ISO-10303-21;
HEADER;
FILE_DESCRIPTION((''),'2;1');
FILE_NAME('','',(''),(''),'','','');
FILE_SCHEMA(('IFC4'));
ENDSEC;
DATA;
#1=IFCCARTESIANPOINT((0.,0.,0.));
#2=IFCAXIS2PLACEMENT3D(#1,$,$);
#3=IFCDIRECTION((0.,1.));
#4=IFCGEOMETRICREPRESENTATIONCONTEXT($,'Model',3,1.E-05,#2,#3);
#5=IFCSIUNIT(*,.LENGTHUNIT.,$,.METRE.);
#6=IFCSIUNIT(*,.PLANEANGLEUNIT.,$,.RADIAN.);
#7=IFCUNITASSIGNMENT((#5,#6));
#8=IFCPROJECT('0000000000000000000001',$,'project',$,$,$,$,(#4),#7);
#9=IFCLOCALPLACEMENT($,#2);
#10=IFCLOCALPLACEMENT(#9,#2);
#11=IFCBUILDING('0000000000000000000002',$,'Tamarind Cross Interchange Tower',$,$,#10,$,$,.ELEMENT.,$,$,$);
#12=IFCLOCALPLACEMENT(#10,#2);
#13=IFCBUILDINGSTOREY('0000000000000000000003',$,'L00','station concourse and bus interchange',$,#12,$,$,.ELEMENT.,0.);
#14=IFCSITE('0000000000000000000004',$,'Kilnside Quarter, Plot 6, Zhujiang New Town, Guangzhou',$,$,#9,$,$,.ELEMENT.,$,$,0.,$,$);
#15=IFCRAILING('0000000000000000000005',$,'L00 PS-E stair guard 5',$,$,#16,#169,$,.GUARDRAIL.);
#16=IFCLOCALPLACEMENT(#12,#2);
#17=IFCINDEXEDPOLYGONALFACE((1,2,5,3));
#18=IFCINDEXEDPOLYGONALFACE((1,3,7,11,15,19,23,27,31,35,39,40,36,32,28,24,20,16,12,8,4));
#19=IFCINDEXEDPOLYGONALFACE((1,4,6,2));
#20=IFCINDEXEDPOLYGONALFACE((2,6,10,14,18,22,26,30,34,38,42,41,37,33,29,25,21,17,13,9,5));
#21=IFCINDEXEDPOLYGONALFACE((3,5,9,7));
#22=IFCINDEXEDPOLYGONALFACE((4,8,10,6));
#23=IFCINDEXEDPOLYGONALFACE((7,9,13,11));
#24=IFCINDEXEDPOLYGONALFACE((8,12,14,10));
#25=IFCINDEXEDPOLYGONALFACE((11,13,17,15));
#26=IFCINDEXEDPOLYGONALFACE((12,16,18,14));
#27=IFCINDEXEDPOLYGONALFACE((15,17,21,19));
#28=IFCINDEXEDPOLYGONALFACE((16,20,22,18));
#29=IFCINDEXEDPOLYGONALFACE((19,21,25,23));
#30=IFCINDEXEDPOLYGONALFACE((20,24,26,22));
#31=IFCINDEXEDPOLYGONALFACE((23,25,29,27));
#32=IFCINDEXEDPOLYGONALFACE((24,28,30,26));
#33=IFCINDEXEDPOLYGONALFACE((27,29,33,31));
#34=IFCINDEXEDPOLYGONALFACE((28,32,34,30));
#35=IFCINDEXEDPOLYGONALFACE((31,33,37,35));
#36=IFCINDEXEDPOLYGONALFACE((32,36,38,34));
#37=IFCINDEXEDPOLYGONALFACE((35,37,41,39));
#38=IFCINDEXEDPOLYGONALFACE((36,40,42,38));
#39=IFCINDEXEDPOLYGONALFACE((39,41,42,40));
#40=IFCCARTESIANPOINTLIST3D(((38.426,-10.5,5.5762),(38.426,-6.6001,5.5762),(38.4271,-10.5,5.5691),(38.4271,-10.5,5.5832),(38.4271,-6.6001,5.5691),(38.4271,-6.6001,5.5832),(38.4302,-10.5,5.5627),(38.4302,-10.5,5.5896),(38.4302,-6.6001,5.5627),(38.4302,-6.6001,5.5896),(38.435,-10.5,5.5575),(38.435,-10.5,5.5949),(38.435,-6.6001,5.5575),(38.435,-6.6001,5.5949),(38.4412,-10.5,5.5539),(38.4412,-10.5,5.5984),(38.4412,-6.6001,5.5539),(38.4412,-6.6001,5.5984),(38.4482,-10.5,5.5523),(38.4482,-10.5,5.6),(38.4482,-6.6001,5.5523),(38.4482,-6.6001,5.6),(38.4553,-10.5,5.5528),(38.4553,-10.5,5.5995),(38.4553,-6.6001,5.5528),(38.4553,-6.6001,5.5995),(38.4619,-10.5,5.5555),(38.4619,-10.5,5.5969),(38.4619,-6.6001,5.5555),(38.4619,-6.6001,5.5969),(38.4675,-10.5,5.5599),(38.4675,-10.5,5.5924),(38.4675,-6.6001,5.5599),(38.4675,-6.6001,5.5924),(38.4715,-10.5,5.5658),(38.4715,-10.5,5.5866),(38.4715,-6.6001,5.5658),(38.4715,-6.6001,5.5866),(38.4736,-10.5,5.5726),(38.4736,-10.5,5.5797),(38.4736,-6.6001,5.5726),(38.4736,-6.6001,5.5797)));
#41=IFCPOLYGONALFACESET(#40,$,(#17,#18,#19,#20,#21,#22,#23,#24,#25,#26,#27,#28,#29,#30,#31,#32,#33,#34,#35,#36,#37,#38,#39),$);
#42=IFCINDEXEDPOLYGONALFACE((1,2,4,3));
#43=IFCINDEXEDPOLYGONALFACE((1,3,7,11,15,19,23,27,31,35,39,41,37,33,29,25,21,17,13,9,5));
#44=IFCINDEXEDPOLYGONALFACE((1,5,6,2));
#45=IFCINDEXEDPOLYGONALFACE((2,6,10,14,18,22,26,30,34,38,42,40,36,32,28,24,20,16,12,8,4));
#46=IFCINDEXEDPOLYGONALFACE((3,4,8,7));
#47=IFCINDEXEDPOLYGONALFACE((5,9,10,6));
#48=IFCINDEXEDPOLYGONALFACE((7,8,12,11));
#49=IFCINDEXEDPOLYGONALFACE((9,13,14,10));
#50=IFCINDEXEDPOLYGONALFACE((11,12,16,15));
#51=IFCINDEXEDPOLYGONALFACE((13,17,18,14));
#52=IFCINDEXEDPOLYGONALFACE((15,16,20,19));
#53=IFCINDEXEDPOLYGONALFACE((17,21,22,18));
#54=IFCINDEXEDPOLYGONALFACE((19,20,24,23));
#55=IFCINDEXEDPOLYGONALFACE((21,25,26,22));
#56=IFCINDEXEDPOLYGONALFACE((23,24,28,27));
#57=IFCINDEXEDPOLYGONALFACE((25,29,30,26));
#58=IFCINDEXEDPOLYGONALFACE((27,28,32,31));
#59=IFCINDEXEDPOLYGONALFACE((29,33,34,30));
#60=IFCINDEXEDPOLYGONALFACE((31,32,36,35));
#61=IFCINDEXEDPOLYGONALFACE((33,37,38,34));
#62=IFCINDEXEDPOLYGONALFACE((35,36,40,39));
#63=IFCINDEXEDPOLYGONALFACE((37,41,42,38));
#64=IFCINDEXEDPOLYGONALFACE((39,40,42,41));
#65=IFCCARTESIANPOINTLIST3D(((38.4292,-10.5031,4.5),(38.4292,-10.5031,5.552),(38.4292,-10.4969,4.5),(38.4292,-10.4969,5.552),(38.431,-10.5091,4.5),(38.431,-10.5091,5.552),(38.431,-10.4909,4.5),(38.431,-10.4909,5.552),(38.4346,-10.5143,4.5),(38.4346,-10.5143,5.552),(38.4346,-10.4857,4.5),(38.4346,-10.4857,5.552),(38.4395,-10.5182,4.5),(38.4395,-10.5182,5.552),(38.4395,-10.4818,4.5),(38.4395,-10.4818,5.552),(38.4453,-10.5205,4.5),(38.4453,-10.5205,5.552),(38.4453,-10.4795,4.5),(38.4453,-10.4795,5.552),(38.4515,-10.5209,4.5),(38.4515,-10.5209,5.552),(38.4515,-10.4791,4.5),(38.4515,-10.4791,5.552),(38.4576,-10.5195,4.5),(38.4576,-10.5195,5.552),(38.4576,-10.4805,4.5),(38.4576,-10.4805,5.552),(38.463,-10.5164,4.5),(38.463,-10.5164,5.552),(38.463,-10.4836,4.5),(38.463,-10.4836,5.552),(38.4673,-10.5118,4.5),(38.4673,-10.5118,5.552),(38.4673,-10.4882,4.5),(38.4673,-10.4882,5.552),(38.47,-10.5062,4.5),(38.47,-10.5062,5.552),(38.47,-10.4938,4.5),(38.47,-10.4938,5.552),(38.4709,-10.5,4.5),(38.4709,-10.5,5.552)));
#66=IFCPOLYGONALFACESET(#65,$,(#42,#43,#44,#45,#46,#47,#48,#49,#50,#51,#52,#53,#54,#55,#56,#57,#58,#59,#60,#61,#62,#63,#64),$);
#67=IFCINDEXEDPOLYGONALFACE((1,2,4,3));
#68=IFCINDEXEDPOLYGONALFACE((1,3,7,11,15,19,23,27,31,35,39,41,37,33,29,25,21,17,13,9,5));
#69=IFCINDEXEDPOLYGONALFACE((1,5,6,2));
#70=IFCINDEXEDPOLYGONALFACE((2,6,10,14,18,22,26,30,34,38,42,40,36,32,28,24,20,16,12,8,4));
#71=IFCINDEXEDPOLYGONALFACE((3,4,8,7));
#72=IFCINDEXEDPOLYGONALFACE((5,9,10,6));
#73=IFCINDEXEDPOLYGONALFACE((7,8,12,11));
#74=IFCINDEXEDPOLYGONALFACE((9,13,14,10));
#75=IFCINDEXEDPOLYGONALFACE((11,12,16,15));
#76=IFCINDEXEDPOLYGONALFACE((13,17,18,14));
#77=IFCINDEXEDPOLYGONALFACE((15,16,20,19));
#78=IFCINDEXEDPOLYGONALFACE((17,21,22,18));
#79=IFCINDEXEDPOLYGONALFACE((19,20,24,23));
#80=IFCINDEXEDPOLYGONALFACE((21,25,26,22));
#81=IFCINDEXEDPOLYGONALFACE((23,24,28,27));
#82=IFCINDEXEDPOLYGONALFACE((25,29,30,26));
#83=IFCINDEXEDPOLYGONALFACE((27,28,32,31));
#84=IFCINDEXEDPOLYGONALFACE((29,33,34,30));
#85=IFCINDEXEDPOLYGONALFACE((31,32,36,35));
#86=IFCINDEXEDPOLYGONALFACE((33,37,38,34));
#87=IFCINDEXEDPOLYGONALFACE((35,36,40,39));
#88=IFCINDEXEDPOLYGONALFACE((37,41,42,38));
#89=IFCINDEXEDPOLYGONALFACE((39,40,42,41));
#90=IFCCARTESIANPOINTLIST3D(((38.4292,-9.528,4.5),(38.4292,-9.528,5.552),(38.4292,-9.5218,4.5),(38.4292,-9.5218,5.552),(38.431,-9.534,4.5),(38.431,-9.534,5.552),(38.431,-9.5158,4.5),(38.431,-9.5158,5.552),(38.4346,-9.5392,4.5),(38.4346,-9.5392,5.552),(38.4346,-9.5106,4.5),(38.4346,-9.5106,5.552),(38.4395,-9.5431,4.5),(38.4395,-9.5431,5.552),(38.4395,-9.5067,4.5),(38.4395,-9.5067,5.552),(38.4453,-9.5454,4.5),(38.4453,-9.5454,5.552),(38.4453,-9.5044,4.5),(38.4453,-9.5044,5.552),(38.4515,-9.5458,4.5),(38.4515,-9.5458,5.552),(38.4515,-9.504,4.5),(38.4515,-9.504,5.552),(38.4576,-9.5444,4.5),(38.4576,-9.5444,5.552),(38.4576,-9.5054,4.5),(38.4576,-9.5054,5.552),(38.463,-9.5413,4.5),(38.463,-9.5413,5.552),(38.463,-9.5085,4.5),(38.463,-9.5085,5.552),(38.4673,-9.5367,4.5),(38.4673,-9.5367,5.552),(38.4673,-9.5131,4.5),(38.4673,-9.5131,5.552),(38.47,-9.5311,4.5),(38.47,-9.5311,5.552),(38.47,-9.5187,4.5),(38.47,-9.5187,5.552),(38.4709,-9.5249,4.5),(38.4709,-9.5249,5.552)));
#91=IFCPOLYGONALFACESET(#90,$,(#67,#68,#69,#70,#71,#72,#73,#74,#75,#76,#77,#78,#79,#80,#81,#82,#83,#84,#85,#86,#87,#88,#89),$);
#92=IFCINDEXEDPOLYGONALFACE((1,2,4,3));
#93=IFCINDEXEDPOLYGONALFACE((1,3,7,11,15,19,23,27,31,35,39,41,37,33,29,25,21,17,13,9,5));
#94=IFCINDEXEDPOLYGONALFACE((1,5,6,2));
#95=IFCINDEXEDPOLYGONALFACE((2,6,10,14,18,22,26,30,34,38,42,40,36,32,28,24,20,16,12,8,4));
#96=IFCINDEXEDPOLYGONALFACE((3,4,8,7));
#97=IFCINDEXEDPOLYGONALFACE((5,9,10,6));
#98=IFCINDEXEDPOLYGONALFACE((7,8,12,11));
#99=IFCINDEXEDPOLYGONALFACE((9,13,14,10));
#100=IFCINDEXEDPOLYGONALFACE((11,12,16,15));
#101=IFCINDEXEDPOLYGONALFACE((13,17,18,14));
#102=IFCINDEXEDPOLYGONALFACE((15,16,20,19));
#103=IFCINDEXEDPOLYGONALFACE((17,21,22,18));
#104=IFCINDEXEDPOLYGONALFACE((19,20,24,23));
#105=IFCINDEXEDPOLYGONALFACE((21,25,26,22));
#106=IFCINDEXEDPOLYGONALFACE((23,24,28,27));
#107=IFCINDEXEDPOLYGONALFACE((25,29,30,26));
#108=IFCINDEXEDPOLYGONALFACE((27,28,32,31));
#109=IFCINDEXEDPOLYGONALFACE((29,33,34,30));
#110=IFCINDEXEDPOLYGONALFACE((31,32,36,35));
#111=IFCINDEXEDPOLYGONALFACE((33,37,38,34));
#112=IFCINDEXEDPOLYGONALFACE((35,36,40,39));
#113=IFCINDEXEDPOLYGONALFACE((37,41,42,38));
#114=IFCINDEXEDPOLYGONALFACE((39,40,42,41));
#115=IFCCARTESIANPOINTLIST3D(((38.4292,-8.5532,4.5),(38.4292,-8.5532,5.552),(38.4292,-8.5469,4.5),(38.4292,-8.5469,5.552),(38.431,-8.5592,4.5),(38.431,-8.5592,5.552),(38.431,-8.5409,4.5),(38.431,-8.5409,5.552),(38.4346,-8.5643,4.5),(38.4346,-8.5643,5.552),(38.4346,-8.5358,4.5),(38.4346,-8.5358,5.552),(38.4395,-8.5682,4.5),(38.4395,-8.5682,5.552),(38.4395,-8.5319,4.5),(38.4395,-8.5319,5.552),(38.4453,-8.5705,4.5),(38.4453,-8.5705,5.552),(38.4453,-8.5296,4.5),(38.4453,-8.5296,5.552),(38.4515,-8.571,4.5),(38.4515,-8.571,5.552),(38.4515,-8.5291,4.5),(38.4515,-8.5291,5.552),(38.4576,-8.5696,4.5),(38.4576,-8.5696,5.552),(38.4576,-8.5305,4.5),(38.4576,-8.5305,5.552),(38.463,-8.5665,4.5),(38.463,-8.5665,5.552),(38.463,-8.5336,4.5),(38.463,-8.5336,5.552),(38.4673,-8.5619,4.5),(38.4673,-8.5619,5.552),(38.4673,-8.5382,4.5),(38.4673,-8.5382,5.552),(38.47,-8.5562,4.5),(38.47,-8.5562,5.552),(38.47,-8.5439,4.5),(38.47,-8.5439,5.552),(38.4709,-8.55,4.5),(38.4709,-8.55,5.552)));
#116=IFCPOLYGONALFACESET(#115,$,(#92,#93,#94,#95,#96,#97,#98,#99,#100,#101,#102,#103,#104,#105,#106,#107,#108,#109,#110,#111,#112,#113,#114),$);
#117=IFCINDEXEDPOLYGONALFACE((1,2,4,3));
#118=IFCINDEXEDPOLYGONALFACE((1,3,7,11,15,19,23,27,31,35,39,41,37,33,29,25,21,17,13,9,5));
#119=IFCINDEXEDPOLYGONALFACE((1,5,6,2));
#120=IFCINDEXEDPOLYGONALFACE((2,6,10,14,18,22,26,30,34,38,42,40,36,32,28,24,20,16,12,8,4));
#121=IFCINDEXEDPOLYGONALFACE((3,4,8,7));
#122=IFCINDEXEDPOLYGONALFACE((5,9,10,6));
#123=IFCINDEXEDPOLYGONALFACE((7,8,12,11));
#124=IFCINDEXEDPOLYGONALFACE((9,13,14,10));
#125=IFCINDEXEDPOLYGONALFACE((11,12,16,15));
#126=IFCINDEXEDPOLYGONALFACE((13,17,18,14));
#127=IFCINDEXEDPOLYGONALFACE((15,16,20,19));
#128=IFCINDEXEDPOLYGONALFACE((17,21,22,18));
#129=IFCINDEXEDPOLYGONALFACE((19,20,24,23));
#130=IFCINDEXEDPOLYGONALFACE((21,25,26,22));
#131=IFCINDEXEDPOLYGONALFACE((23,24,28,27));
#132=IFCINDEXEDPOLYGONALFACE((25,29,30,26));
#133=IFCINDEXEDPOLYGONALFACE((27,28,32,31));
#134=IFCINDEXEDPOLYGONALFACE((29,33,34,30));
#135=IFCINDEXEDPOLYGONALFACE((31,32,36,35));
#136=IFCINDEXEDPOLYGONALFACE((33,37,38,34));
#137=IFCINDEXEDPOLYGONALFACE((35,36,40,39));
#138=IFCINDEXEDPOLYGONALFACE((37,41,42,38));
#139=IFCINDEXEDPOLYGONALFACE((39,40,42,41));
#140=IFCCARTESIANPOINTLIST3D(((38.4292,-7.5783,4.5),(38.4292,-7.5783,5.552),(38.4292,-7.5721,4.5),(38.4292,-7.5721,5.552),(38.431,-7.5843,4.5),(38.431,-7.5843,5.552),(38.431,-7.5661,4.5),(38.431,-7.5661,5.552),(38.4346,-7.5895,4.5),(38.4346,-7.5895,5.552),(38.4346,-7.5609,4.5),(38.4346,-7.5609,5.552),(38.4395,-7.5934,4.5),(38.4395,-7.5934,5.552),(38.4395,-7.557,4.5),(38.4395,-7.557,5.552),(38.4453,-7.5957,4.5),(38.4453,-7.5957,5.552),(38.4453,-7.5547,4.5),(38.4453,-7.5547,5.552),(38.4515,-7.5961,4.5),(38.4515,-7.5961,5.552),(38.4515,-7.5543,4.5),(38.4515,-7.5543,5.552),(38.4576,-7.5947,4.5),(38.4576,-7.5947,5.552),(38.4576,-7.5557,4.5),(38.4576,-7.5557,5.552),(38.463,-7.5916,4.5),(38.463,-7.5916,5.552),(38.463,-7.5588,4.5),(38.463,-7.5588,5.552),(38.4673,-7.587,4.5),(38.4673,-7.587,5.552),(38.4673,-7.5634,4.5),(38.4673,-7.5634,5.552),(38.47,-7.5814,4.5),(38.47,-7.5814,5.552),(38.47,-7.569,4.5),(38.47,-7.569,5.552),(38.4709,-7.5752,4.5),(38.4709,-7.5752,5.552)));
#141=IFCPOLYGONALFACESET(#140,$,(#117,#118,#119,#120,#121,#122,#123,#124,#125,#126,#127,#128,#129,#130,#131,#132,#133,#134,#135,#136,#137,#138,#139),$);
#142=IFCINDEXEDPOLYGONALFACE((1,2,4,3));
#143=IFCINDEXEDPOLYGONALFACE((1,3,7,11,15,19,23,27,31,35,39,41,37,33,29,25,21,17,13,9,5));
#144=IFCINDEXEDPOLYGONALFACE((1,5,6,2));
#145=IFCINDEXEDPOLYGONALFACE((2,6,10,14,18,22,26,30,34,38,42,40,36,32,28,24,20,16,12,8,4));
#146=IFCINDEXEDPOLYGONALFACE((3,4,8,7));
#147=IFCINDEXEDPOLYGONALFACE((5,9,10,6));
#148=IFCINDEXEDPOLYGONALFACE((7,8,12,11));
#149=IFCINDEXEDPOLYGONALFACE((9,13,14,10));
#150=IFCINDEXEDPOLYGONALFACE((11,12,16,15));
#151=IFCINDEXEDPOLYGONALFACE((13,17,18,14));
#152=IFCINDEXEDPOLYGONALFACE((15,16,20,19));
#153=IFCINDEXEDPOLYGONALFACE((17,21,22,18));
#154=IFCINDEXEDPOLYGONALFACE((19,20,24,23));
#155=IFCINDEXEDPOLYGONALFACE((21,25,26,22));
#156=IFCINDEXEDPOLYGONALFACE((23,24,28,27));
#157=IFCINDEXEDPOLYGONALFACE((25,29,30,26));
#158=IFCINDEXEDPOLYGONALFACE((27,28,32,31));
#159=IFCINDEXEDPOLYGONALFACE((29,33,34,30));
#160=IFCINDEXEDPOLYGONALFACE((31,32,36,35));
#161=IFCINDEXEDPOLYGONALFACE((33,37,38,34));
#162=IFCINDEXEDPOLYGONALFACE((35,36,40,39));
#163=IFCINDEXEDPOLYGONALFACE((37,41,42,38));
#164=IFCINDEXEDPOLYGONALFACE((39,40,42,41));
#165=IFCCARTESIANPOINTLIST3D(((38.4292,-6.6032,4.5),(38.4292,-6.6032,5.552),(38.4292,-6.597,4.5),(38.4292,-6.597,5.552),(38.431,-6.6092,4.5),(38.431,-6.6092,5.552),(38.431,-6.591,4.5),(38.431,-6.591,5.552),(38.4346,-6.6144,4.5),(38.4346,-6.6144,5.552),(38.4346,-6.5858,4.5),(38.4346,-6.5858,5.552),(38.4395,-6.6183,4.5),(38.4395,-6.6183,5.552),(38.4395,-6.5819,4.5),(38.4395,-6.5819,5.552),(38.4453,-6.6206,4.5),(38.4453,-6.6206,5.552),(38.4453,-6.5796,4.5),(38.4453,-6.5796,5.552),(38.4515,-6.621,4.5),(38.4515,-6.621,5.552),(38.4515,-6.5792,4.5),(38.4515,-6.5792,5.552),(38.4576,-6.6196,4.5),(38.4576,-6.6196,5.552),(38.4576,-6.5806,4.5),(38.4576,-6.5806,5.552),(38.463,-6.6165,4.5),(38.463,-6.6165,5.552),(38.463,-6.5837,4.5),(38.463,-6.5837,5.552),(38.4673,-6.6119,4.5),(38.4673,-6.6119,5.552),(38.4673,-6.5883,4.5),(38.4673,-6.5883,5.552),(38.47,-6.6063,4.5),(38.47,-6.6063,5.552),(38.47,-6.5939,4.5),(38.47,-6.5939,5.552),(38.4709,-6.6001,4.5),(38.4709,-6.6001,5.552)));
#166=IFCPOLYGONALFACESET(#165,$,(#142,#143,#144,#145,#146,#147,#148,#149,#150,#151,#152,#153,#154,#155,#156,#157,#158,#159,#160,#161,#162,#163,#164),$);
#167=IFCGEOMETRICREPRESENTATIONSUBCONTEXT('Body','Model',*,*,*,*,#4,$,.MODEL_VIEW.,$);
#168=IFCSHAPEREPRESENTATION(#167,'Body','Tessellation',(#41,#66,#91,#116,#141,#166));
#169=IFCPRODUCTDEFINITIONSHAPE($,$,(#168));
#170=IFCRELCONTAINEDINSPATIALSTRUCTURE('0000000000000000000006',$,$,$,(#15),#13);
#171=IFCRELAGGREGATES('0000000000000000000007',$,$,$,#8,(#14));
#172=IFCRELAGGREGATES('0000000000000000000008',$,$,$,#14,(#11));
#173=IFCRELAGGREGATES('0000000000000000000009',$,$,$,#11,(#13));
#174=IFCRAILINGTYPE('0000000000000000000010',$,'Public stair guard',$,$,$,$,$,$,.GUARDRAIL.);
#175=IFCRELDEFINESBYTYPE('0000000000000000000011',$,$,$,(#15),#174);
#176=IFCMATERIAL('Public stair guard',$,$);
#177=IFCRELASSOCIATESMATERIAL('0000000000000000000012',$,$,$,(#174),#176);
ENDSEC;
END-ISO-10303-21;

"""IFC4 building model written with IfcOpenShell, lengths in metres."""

from ifc_helpers import new_model, si_unit, direction, frame, origin, origin_2d, place, context, subcontext, project, spatial, circle, extrude, material, type_object, element, save


model = new_model("IFC4")

# Units and contexts
model_context = context("Model", 3, precision=1e-05, world=origin(), true_north=direction((0.0, 1.0)))
body_context = subcontext(model_context, "Body", "Model", "MODEL_VIEW")
ifc_project = project(units=[si_unit("LENGTHUNIT", "METRE"), si_unit("PLANEANGLEUNIT", "RADIAN")], contexts=[model_context])

# Site, building, storey
site_placement = place(None, origin())
site = spatial("IfcSite", under=ifc_project, at=site_placement, Name="Kilnside Quarter, Plot 6, Zhujiang New Town, Guangzhou", CompositionType="ELEMENT", RefElevation=0.0)
building_placement = place(site_placement, origin())
building = spatial("IfcBuilding", under=site, at=building_placement, Name="Tamarind Cross Interchange Tower", CompositionType="ELEMENT")
storey_placement = place(building_placement, origin())
storey = spatial("IfcBuildingStorey", under=building, at=storey_placement, Name="L00", Description="station concourse and bus interchange", CompositionType="ELEMENT", Elevation=0.0)

# Railing
ifc_material_1 = material(Name="Public stair guard")
railing_type_1 = type_object("IfcRailingType", Name="Public stair guard", PredefinedType="GUARDRAIL", material=ifc_material_1)
railing_1_placement = place(storey_placement, frame((38.45, -10.5, 4.5)))
element("IfcRailing", 1, at=railing_1_placement, inside=storey, type_object=railing_type_1, Name="L00 PS-E stair guard 5", PredefinedType="GUARDRAIL", context=body_context, shape_type="SweptSolid", body=[
    extrude(circle(Radius=0.0239, at=origin_2d()), frame((0.0, 0.0, 1.0762), z_axis=(0.0, 1.0, 0.0), x_axis=(-1.0, 0.0, 0.0)), (0.0, 0.0, 1.0), 3.8999),
    extrude(circle(Radius=0.021, at=origin_2d()), origin(), (0.0, 0.0, 1.0), 1.052),
    extrude(circle(Radius=0.021, at=origin_2d()), frame((0.0, 0.9751, 0.0)), (0.0, 0.0, 1.0), 1.052),
    extrude(circle(Radius=0.021, at=origin_2d()), frame((0.0, 1.95, 0.0)), (0.0, 0.0, 1.0), 1.052),
    extrude(circle(Radius=0.021, at=origin_2d()), frame((0.0, 2.9248, 0.0)), (0.0, 0.0, 1.0), 1.052),
    extrude(circle(Radius=0.021, at=origin_2d()), frame((0.0, 3.8999, 0.0)), (0.0, 0.0, 1.0), 1.052),
])

save(model, "model.ifc")
